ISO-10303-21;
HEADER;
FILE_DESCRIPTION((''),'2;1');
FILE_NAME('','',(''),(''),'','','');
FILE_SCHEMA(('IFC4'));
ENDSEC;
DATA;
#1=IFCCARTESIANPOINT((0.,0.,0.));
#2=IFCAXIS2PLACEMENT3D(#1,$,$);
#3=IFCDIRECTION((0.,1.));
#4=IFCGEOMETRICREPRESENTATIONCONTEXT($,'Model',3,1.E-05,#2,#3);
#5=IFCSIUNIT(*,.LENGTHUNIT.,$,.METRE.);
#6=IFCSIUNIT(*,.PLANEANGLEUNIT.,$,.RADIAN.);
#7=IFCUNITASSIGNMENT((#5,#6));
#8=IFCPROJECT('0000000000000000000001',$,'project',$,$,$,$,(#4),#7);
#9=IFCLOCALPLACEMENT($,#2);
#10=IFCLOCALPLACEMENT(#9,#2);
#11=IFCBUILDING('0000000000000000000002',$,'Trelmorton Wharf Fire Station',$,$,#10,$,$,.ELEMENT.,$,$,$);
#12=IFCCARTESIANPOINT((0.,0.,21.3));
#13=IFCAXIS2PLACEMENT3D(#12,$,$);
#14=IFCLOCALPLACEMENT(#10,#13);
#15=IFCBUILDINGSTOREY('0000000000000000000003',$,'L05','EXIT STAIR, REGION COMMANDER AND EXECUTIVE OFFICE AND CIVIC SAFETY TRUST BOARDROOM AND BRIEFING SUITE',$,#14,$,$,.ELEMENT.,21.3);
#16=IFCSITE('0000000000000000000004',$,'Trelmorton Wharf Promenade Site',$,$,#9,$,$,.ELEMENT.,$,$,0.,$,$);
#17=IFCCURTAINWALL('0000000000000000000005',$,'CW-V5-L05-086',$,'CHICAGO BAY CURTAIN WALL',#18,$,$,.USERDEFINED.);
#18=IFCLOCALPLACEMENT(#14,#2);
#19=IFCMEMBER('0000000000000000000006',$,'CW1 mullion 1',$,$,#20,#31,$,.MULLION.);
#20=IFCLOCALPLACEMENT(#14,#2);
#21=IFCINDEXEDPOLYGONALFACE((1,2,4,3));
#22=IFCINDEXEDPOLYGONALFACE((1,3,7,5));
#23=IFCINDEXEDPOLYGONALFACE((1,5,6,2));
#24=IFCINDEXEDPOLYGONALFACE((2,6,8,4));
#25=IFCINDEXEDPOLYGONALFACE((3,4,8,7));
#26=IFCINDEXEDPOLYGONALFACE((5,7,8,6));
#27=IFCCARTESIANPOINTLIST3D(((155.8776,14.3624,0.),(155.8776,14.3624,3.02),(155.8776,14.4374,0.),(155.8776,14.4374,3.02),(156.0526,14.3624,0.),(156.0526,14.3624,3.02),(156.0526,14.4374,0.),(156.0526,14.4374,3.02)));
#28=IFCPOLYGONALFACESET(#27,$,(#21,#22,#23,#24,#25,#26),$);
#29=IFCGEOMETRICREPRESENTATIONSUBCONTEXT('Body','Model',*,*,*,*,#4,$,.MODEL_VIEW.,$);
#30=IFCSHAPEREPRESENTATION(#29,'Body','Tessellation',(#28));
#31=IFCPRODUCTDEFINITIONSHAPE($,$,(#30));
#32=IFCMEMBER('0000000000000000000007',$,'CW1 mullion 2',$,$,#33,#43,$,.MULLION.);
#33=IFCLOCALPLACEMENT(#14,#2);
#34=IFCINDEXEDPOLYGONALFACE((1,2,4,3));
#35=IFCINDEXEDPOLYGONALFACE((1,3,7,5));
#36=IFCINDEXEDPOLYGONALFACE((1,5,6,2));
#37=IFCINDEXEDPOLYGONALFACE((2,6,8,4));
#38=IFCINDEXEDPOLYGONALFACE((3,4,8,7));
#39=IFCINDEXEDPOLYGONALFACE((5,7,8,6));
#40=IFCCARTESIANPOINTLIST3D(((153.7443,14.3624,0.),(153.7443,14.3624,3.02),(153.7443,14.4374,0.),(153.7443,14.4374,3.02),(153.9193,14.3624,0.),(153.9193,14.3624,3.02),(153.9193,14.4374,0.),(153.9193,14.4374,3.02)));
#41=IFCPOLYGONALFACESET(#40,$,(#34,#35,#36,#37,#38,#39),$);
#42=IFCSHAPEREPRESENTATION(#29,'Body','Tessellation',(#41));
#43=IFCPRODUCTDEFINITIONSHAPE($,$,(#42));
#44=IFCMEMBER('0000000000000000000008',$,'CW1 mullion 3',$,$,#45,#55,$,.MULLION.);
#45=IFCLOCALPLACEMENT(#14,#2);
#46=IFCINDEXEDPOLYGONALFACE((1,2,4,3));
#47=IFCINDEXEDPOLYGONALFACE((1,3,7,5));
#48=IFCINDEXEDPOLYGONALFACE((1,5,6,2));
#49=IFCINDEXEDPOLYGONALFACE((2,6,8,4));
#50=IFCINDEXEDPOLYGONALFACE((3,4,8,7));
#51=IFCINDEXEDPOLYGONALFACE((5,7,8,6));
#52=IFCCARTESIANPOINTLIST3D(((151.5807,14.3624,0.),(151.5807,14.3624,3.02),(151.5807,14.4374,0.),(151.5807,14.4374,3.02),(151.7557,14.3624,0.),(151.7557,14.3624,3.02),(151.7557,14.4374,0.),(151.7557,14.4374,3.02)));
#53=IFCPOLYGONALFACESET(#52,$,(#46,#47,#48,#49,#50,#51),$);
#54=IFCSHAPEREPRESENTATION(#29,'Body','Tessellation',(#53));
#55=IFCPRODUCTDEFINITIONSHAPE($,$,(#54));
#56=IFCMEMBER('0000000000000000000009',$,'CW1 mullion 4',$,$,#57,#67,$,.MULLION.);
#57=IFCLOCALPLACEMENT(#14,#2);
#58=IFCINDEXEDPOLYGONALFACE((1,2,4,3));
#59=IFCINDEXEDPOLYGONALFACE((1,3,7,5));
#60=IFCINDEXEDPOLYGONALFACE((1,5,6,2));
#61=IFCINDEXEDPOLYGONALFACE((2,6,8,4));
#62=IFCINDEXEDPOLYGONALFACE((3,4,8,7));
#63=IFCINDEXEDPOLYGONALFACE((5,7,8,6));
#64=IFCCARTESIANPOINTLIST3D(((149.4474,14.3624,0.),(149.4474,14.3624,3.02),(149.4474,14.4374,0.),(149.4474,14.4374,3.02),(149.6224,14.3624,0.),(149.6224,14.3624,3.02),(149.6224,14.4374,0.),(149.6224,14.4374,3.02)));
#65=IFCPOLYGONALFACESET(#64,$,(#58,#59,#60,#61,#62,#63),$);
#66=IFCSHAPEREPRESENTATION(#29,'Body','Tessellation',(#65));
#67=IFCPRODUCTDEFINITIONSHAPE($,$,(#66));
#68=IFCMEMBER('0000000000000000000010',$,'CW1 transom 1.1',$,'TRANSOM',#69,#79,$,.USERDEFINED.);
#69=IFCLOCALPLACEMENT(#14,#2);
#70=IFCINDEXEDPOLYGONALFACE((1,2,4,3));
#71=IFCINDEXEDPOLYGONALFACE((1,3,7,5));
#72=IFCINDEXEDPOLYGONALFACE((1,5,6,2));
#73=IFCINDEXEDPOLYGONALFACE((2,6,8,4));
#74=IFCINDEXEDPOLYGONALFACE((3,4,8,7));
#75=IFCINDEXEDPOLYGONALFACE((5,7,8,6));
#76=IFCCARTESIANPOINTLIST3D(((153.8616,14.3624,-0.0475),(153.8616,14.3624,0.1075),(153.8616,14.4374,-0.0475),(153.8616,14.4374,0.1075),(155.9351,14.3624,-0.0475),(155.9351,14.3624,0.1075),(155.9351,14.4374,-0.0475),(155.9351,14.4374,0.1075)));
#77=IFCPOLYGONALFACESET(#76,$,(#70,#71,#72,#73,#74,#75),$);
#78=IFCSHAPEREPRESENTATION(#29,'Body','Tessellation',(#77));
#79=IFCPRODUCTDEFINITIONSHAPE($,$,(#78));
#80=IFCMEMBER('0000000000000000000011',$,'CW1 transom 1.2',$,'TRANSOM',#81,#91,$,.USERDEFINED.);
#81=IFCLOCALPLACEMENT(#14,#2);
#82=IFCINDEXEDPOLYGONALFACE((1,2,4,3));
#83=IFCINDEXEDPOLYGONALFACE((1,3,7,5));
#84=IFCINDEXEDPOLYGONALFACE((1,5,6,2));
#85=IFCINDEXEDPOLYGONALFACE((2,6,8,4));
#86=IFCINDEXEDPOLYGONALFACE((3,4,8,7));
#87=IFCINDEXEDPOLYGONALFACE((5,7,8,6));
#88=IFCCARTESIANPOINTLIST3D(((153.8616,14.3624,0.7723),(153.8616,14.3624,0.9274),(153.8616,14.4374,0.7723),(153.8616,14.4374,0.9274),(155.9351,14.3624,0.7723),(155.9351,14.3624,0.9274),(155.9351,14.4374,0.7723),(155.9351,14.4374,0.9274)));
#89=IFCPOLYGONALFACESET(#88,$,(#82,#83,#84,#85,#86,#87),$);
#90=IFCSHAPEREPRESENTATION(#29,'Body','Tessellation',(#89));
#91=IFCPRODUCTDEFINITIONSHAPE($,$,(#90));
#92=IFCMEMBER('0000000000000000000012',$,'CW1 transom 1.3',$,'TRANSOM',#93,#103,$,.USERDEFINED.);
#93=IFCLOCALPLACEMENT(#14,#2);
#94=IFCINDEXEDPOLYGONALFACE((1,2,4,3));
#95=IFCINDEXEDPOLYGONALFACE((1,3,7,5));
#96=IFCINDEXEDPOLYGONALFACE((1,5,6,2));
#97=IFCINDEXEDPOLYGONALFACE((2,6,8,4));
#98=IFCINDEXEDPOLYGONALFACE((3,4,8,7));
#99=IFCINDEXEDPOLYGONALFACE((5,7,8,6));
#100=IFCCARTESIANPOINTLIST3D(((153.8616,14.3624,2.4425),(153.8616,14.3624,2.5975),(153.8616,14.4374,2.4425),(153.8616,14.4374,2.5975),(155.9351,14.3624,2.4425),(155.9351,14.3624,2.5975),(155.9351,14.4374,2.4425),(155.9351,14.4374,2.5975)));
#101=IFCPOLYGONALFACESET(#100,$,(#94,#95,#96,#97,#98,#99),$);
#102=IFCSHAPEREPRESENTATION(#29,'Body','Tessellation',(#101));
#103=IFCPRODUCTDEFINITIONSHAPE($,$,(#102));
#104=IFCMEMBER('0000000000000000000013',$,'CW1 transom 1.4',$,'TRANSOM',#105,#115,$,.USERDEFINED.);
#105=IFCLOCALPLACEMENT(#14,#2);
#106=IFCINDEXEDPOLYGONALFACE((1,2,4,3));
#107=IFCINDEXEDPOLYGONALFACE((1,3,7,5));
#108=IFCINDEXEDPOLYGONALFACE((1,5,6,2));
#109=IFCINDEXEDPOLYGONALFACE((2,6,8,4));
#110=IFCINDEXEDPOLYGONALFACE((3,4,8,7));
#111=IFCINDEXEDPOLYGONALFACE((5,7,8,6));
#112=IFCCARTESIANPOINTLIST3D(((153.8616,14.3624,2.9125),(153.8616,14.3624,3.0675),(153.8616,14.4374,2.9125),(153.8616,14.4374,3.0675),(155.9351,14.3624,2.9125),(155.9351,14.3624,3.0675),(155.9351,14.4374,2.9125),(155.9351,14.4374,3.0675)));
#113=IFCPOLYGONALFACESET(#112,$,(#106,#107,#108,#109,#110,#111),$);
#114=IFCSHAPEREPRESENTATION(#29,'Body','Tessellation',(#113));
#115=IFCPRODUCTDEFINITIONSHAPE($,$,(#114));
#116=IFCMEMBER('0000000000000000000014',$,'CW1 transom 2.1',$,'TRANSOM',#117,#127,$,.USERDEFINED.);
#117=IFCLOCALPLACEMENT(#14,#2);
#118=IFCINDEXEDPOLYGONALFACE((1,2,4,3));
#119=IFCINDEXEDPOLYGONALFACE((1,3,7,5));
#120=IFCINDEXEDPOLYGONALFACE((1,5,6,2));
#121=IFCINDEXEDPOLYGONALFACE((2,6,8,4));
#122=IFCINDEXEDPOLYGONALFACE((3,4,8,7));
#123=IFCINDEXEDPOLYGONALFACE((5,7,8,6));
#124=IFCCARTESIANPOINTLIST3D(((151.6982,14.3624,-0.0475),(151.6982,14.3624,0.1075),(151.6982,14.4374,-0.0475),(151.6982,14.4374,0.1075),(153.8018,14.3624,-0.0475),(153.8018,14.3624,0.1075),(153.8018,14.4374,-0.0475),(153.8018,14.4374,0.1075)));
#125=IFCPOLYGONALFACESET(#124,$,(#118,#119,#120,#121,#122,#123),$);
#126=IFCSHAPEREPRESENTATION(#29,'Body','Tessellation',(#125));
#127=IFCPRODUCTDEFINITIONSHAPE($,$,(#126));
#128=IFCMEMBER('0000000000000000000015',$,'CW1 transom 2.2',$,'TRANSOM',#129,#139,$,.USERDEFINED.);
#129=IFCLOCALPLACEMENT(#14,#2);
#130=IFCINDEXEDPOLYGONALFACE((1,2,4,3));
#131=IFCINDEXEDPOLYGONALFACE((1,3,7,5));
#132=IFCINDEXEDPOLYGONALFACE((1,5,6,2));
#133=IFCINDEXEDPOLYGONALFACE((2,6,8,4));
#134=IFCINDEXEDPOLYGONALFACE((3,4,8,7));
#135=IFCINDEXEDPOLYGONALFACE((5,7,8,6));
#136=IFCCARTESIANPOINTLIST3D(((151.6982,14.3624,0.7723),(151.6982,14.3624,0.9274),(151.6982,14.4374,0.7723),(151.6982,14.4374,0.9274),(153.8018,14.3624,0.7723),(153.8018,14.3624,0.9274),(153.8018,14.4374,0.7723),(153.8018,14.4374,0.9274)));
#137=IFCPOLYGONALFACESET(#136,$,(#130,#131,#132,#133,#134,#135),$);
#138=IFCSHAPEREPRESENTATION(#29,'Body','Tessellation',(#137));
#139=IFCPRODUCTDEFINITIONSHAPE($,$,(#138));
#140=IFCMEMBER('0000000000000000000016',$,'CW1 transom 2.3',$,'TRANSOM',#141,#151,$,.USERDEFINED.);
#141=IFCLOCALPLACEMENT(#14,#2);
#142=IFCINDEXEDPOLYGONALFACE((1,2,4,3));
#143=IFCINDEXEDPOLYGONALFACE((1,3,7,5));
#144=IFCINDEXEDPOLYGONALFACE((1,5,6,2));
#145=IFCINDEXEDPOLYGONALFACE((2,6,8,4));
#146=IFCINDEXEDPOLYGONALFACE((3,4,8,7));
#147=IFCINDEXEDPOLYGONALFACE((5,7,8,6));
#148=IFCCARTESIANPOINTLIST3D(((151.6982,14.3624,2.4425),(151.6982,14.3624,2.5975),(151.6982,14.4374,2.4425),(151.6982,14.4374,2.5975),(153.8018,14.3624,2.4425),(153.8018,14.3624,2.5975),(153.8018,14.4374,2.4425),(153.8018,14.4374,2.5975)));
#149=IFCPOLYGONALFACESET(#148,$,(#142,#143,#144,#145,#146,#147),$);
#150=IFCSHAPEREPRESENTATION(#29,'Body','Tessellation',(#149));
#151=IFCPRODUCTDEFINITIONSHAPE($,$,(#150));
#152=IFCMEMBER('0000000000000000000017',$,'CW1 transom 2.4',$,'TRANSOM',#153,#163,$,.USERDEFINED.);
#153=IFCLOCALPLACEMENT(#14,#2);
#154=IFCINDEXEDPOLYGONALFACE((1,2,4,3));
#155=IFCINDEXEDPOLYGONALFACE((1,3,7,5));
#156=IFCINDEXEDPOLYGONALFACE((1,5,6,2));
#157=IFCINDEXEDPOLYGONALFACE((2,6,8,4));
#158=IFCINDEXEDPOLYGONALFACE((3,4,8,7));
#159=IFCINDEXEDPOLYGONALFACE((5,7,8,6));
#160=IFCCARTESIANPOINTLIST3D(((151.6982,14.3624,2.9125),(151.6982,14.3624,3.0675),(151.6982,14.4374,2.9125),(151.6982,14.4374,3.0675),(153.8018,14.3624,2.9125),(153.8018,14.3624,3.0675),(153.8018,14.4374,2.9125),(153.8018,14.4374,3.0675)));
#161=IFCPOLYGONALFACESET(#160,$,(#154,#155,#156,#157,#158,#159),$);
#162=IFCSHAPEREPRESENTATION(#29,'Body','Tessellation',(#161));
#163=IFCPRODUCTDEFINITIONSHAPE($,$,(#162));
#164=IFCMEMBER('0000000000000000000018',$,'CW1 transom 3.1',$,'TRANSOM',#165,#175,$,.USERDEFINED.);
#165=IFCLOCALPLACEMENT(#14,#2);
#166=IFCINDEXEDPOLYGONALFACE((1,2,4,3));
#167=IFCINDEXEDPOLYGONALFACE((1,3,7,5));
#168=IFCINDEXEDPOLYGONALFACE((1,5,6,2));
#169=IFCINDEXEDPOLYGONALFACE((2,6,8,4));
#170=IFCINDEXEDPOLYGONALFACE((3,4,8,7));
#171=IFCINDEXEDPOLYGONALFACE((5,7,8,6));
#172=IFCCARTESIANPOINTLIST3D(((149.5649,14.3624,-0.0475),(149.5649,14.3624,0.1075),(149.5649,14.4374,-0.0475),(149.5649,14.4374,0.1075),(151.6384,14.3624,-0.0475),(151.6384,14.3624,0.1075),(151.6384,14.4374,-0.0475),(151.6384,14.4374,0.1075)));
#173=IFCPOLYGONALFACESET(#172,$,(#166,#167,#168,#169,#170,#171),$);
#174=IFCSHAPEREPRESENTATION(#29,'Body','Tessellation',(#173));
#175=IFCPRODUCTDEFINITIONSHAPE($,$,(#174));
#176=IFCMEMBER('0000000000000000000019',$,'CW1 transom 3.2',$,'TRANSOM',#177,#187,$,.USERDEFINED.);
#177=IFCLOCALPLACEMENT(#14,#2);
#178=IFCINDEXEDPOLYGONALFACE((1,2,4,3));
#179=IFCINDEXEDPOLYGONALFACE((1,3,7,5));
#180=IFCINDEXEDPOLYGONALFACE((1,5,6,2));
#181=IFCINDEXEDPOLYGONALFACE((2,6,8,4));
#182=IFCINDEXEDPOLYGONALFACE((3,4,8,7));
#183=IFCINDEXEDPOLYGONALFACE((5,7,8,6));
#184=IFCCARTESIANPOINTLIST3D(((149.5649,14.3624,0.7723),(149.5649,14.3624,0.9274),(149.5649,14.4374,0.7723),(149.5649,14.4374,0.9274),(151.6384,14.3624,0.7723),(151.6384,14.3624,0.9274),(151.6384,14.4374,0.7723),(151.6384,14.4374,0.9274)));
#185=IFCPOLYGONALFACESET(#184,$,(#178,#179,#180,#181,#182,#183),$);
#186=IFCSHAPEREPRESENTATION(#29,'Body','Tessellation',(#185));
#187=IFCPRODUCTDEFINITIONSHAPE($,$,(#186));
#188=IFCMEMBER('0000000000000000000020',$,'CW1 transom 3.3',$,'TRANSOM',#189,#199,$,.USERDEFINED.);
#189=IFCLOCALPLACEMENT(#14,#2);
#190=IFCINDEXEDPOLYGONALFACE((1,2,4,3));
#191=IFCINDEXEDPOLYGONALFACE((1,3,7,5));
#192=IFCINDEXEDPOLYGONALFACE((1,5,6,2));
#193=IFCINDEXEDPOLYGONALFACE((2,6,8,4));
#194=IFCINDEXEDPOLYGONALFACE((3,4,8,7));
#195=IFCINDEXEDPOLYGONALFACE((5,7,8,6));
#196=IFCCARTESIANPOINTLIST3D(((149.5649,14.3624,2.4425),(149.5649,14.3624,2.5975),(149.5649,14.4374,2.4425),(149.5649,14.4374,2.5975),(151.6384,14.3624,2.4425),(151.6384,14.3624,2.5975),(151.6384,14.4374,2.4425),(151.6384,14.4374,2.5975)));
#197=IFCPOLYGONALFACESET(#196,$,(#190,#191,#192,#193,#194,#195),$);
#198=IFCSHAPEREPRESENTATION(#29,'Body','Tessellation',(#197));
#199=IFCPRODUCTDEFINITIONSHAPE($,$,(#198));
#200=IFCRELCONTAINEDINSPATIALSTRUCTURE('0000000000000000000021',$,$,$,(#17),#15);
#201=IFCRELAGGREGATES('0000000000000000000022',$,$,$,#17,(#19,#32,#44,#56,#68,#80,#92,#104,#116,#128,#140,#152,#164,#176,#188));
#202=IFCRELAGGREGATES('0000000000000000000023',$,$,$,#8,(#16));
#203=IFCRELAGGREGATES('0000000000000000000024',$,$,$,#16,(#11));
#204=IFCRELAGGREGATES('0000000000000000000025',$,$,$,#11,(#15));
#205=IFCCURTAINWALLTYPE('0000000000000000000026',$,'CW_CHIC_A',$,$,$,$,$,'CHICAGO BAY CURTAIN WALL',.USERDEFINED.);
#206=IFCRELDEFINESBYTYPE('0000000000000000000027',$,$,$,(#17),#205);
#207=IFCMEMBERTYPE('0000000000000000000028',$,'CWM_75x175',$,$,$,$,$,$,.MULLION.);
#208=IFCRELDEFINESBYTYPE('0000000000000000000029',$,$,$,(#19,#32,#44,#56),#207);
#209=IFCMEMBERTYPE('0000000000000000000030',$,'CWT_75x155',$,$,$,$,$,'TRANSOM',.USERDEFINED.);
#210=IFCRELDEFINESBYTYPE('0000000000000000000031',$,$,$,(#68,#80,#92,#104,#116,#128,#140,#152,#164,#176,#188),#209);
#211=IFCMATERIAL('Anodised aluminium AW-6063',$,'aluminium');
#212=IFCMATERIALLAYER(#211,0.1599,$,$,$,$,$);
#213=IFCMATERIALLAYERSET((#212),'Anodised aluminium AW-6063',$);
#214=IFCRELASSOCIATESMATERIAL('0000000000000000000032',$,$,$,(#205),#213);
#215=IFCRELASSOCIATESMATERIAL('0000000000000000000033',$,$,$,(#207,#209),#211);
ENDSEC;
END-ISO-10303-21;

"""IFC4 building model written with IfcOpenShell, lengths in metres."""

from ifc_helpers import new_model, si_unit, direction, frame, origin, origin_2d, place, context, subcontext, project, spatial, rectangle, extrude, material, layer, layer_set, material_profile, profile_set, type_object, element, aggregate, save


model = new_model("IFC4")

# Units and contexts
model_context = context("Model", 3, precision=1e-05, world=origin(), true_north=direction((0.0, 1.0)))
body_context = subcontext(model_context, "Body", "Model", "MODEL_VIEW")
ifc_project = project(units=[si_unit("LENGTHUNIT", "METRE"), si_unit("PLANEANGLEUNIT", "RADIAN")], contexts=[model_context])

# Site, building, storey
site_placement = place(None, origin())
site = spatial("IfcSite", under=ifc_project, at=site_placement, Name="Trelmorton Wharf Promenade Site", CompositionType="ELEMENT", RefElevation=0.0)
building_placement = place(site_placement, origin())
building = spatial("IfcBuilding", under=site, at=building_placement, Name="Trelmorton Wharf Fire Station", CompositionType="ELEMENT")
storey_placement = place(building_placement, frame((0.0, 0.0, 21.3)))
storey = spatial("IfcBuildingStorey", under=building, at=storey_placement, Name="L05", Description="EXIT STAIR, REGION COMMANDER AND EXECUTIVE OFFICE AND CIVIC SAFETY TRUST BOARDROOM AND BRIEFING SUITE", CompositionType="ELEMENT", Elevation=21.3)

# Curtain wall, members
ifc_material_1 = material(Name="Anodised aluminium AW-6063", Category="aluminium")
ifc_layer_1 = layer(ifc_material_1, 0.1599)
ifc_layer_set_1 = layer_set([ifc_layer_1], Name="Anodised aluminium AW-6063")
curtain_wall_type = type_object("IfcCurtainWallType", Name="CW_CHIC_A", ElementType="CHICAGO BAY CURTAIN WALL", PredefinedType="USERDEFINED", material=ifc_layer_set_1)
curtain_wall_placement = place(storey_placement, origin())
curtain_wall = element("IfcCurtainWall", 1, at=curtain_wall_placement, inside=storey, type_object=curtain_wall_type, Name="CW-V5-L05-086", ObjectType="CHICAGO BAY CURTAIN WALL", PredefinedType="USERDEFINED")
ifc_material_profile_1 = material_profile(ifc_material_1, rectangle(XDim=0.075, YDim=0.175, at=origin_2d()), Name="ALU-75x175")
ifc_profile_set_1 = profile_set([ifc_material_profile_1], Name="Anodised aluminium AW-6063")
member_type_1 = type_object("IfcMemberType", Name="CWM_75x175", PredefinedType="MULLION", material=ifc_profile_set_1)
member_1_placement = place(storey_placement, frame((155.9651, 14.3999, 0.0), z_axis=(0.0, 0.0, 1.0), x_axis=(0.0, -1.0, 0.0)))
member_1 = element("IfcMember", 2, at=member_1_placement, type_object=member_type_1, Name="CW1 mullion 1", PredefinedType="MULLION", context=body_context, shape_type="SweptSolid", body=[
    extrude(rectangle(XDim=0.075, YDim=0.175, at=origin_2d()), origin(), (0.0, 0.0, 1.0), 3.02),
])
member_2_placement = place(storey_placement, frame((153.8318, 14.3999, 0.0), z_axis=(0.0, 0.0, 1.0), x_axis=(0.0, -1.0, 0.0)))
member_2 = element("IfcMember", 3, at=member_2_placement, type_object=member_type_1, Name="CW1 mullion 2", PredefinedType="MULLION", context=body_context, shape_type="SweptSolid", body=[
    extrude(rectangle(XDim=0.075, YDim=0.175, at=origin_2d()), origin(), (0.0, 0.0, 1.0), 3.02),
])
member_3_placement = place(storey_placement, frame((151.6682, 14.3999, 0.0), z_axis=(0.0, 0.0, 1.0), x_axis=(0.0, -1.0, 0.0)))
member_3 = element("IfcMember", 4, at=member_3_placement, type_object=member_type_1, Name="CW1 mullion 3", PredefinedType="MULLION", context=body_context, shape_type="SweptSolid", body=[
    extrude(rectangle(XDim=0.075, YDim=0.175, at=origin_2d()), origin(), (0.0, 0.0, 1.0), 3.02),
])
member_4_placement = place(storey_placement, frame((149.5349, 14.3999, 0.0), z_axis=(0.0, 0.0, 1.0), x_axis=(0.0, -1.0, 0.0)))
member_4 = element("IfcMember", 5, at=member_4_placement, type_object=member_type_1, Name="CW1 mullion 4", PredefinedType="MULLION", context=body_context, shape_type="SweptSolid", body=[
    extrude(rectangle(XDim=0.075, YDim=0.175, at=origin_2d()), origin(), (0.0, 0.0, 1.0), 3.02),
])
ifc_material_profile_2 = material_profile(ifc_material_1, rectangle(XDim=0.075, YDim=0.155, at=origin_2d()), Name="ALU-75x155")
ifc_profile_set_2 = profile_set([ifc_material_profile_2], Name="Anodised aluminium AW-6063")
member_type_2 = type_object("IfcMemberType", Name="CWT_75x155", ElementType="TRANSOM", PredefinedType="USERDEFINED", material=ifc_profile_set_2)
member_5_placement = place(storey_placement, frame((155.9351, 14.3999, 0.03), z_axis=(-1.0, 0.0, 0.0), x_axis=(0.0, -1.0, 0.0)))
member_5 = element("IfcMember", 6, at=member_5_placement, type_object=member_type_2, Name="CW1 transom 1.1", ObjectType="TRANSOM", PredefinedType="USERDEFINED", context=body_context, shape_type="SweptSolid", body=[
    extrude(rectangle(XDim=0.075, YDim=0.155, at=origin_2d()), origin(), (0.0, 0.0, 1.0), 2.0735),
])
member_6_placement = place(storey_placement, frame((155.9351, 14.3999, 0.8499), z_axis=(-1.0, 0.0, 0.0), x_axis=(0.0, -1.0, 0.0)))
member_6 = element("IfcMember", 7, at=member_6_placement, type_object=member_type_2, Name="CW1 transom 1.2", ObjectType="TRANSOM", PredefinedType="USERDEFINED", context=body_context, shape_type="SweptSolid", body=[
    extrude(rectangle(XDim=0.075, YDim=0.155, at=origin_2d()), origin(), (0.0, 0.0, 1.0), 2.0735),
])
member_7_placement = place(storey_placement, frame((155.9351, 14.3999, 2.52), z_axis=(-1.0, 0.0, 0.0), x_axis=(0.0, -1.0, 0.0)))
member_7 = element("IfcMember", 8, at=member_7_placement, type_object=member_type_2, Name="CW1 transom 1.3", ObjectType="TRANSOM", PredefinedType="USERDEFINED", context=body_context, shape_type="SweptSolid", body=[
    extrude(rectangle(XDim=0.075, YDim=0.155, at=origin_2d()), origin(), (0.0, 0.0, 1.0), 2.0735),
])
member_8_placement = place(storey_placement, frame((155.9351, 14.3999, 2.99), z_axis=(-1.0, 0.0, 0.0), x_axis=(0.0, -1.0, 0.0)))
member_8 = element("IfcMember", 9, at=member_8_placement, type_object=member_type_2, Name="CW1 transom 1.4", ObjectType="TRANSOM", PredefinedType="USERDEFINED", context=body_context, shape_type="SweptSolid", body=[
    extrude(rectangle(XDim=0.075, YDim=0.155, at=origin_2d()), origin(), (0.0, 0.0, 1.0), 2.0735),
])
member_9_placement = place(storey_placement, frame((153.8018, 14.3999, 0.03), z_axis=(-1.0, 0.0, 0.0), x_axis=(0.0, -1.0, 0.0)))
member_9 = element("IfcMember", 10, at=member_9_placement, type_object=member_type_2, Name="CW1 transom 2.1", ObjectType="TRANSOM", PredefinedType="USERDEFINED", context=body_context, shape_type="SweptSolid", body=[
    extrude(rectangle(XDim=0.075, YDim=0.155, at=origin_2d()), origin(), (0.0, 0.0, 1.0), 2.1035),
])
member_10_placement = place(storey_placement, frame((153.8018, 14.3999, 0.8499), z_axis=(-1.0, 0.0, 0.0), x_axis=(0.0, -1.0, 0.0)))
member_10 = element("IfcMember", 11, at=member_10_placement, type_object=member_type_2, Name="CW1 transom 2.2", ObjectType="TRANSOM", PredefinedType="USERDEFINED", context=body_context, shape_type="SweptSolid", body=[
    extrude(rectangle(XDim=0.075, YDim=0.155, at=origin_2d()), origin(), (0.0, 0.0, 1.0), 2.1035),
])
member_11_placement = place(storey_placement, frame((153.8018, 14.3999, 2.52), z_axis=(-1.0, 0.0, 0.0), x_axis=(0.0, -1.0, 0.0)))
member_11 = element("IfcMember", 12, at=member_11_placement, type_object=member_type_2, Name="CW1 transom 2.3", ObjectType="TRANSOM", PredefinedType="USERDEFINED", context=body_context, shape_type="SweptSolid", body=[
    extrude(rectangle(XDim=0.075, YDim=0.155, at=origin_2d()), origin(), (0.0, 0.0, 1.0), 2.1035),
])
member_12_placement = place(storey_placement, frame((153.8018, 14.3999, 2.99), z_axis=(-1.0, 0.0, 0.0), x_axis=(0.0, -1.0, 0.0)))
member_12 = element("IfcMember", 13, at=member_12_placement, type_object=member_type_2, Name="CW1 transom 2.4", ObjectType="TRANSOM", PredefinedType="USERDEFINED", context=body_context, shape_type="SweptSolid", body=[
    extrude(rectangle(XDim=0.075, YDim=0.155, at=origin_2d()), origin(), (0.0, 0.0, 1.0), 2.1035),
])
member_13_placement = place(storey_placement, frame((151.6384, 14.3999, 0.03), z_axis=(-1.0, 0.0, 0.0), x_axis=(0.0, -1.0, 0.0)))
member_13 = element("IfcMember", 14, at=member_13_placement, type_object=member_type_2, Name="CW1 transom 3.1", ObjectType="TRANSOM", PredefinedType="USERDEFINED", context=body_context, shape_type="SweptSolid", body=[
    extrude(rectangle(XDim=0.075, YDim=0.155, at=origin_2d()), origin(), (0.0, 0.0, 1.0), 2.0735),
])
member_14_placement = place(storey_placement, frame((151.6384, 14.3999, 0.8499), z_axis=(-1.0, 0.0, 0.0), x_axis=(0.0, -1.0, 0.0)))
member_14 = element("IfcMember", 15, at=member_14_placement, type_object=member_type_2, Name="CW1 transom 3.2", ObjectType="TRANSOM", PredefinedType="USERDEFINED", context=body_context, shape_type="SweptSolid", body=[
    extrude(rectangle(XDim=0.075, YDim=0.155, at=origin_2d()), origin(), (0.0, 0.0, 1.0), 2.0735),
])
member_15_placement = place(storey_placement, frame((151.6384, 14.3999, 2.52), z_axis=(-1.0, 0.0, 0.0), x_axis=(0.0, -1.0, 0.0)))
member_15 = element("IfcMember", 16, at=member_15_placement, type_object=member_type_2, Name="CW1 transom 3.3", ObjectType="TRANSOM", PredefinedType="USERDEFINED", context=body_context, shape_type="SweptSolid", body=[
    extrude(rectangle(XDim=0.075, YDim=0.155, at=origin_2d()), origin(), (0.0, 0.0, 1.0), 2.0735),
])
aggregate(curtain_wall, [member_1, member_2, member_3, member_4, member_5, member_6, member_7, member_8, member_9, member_10, member_11, member_12, member_13, member_14, member_15])

save(model, "model.ifc")
